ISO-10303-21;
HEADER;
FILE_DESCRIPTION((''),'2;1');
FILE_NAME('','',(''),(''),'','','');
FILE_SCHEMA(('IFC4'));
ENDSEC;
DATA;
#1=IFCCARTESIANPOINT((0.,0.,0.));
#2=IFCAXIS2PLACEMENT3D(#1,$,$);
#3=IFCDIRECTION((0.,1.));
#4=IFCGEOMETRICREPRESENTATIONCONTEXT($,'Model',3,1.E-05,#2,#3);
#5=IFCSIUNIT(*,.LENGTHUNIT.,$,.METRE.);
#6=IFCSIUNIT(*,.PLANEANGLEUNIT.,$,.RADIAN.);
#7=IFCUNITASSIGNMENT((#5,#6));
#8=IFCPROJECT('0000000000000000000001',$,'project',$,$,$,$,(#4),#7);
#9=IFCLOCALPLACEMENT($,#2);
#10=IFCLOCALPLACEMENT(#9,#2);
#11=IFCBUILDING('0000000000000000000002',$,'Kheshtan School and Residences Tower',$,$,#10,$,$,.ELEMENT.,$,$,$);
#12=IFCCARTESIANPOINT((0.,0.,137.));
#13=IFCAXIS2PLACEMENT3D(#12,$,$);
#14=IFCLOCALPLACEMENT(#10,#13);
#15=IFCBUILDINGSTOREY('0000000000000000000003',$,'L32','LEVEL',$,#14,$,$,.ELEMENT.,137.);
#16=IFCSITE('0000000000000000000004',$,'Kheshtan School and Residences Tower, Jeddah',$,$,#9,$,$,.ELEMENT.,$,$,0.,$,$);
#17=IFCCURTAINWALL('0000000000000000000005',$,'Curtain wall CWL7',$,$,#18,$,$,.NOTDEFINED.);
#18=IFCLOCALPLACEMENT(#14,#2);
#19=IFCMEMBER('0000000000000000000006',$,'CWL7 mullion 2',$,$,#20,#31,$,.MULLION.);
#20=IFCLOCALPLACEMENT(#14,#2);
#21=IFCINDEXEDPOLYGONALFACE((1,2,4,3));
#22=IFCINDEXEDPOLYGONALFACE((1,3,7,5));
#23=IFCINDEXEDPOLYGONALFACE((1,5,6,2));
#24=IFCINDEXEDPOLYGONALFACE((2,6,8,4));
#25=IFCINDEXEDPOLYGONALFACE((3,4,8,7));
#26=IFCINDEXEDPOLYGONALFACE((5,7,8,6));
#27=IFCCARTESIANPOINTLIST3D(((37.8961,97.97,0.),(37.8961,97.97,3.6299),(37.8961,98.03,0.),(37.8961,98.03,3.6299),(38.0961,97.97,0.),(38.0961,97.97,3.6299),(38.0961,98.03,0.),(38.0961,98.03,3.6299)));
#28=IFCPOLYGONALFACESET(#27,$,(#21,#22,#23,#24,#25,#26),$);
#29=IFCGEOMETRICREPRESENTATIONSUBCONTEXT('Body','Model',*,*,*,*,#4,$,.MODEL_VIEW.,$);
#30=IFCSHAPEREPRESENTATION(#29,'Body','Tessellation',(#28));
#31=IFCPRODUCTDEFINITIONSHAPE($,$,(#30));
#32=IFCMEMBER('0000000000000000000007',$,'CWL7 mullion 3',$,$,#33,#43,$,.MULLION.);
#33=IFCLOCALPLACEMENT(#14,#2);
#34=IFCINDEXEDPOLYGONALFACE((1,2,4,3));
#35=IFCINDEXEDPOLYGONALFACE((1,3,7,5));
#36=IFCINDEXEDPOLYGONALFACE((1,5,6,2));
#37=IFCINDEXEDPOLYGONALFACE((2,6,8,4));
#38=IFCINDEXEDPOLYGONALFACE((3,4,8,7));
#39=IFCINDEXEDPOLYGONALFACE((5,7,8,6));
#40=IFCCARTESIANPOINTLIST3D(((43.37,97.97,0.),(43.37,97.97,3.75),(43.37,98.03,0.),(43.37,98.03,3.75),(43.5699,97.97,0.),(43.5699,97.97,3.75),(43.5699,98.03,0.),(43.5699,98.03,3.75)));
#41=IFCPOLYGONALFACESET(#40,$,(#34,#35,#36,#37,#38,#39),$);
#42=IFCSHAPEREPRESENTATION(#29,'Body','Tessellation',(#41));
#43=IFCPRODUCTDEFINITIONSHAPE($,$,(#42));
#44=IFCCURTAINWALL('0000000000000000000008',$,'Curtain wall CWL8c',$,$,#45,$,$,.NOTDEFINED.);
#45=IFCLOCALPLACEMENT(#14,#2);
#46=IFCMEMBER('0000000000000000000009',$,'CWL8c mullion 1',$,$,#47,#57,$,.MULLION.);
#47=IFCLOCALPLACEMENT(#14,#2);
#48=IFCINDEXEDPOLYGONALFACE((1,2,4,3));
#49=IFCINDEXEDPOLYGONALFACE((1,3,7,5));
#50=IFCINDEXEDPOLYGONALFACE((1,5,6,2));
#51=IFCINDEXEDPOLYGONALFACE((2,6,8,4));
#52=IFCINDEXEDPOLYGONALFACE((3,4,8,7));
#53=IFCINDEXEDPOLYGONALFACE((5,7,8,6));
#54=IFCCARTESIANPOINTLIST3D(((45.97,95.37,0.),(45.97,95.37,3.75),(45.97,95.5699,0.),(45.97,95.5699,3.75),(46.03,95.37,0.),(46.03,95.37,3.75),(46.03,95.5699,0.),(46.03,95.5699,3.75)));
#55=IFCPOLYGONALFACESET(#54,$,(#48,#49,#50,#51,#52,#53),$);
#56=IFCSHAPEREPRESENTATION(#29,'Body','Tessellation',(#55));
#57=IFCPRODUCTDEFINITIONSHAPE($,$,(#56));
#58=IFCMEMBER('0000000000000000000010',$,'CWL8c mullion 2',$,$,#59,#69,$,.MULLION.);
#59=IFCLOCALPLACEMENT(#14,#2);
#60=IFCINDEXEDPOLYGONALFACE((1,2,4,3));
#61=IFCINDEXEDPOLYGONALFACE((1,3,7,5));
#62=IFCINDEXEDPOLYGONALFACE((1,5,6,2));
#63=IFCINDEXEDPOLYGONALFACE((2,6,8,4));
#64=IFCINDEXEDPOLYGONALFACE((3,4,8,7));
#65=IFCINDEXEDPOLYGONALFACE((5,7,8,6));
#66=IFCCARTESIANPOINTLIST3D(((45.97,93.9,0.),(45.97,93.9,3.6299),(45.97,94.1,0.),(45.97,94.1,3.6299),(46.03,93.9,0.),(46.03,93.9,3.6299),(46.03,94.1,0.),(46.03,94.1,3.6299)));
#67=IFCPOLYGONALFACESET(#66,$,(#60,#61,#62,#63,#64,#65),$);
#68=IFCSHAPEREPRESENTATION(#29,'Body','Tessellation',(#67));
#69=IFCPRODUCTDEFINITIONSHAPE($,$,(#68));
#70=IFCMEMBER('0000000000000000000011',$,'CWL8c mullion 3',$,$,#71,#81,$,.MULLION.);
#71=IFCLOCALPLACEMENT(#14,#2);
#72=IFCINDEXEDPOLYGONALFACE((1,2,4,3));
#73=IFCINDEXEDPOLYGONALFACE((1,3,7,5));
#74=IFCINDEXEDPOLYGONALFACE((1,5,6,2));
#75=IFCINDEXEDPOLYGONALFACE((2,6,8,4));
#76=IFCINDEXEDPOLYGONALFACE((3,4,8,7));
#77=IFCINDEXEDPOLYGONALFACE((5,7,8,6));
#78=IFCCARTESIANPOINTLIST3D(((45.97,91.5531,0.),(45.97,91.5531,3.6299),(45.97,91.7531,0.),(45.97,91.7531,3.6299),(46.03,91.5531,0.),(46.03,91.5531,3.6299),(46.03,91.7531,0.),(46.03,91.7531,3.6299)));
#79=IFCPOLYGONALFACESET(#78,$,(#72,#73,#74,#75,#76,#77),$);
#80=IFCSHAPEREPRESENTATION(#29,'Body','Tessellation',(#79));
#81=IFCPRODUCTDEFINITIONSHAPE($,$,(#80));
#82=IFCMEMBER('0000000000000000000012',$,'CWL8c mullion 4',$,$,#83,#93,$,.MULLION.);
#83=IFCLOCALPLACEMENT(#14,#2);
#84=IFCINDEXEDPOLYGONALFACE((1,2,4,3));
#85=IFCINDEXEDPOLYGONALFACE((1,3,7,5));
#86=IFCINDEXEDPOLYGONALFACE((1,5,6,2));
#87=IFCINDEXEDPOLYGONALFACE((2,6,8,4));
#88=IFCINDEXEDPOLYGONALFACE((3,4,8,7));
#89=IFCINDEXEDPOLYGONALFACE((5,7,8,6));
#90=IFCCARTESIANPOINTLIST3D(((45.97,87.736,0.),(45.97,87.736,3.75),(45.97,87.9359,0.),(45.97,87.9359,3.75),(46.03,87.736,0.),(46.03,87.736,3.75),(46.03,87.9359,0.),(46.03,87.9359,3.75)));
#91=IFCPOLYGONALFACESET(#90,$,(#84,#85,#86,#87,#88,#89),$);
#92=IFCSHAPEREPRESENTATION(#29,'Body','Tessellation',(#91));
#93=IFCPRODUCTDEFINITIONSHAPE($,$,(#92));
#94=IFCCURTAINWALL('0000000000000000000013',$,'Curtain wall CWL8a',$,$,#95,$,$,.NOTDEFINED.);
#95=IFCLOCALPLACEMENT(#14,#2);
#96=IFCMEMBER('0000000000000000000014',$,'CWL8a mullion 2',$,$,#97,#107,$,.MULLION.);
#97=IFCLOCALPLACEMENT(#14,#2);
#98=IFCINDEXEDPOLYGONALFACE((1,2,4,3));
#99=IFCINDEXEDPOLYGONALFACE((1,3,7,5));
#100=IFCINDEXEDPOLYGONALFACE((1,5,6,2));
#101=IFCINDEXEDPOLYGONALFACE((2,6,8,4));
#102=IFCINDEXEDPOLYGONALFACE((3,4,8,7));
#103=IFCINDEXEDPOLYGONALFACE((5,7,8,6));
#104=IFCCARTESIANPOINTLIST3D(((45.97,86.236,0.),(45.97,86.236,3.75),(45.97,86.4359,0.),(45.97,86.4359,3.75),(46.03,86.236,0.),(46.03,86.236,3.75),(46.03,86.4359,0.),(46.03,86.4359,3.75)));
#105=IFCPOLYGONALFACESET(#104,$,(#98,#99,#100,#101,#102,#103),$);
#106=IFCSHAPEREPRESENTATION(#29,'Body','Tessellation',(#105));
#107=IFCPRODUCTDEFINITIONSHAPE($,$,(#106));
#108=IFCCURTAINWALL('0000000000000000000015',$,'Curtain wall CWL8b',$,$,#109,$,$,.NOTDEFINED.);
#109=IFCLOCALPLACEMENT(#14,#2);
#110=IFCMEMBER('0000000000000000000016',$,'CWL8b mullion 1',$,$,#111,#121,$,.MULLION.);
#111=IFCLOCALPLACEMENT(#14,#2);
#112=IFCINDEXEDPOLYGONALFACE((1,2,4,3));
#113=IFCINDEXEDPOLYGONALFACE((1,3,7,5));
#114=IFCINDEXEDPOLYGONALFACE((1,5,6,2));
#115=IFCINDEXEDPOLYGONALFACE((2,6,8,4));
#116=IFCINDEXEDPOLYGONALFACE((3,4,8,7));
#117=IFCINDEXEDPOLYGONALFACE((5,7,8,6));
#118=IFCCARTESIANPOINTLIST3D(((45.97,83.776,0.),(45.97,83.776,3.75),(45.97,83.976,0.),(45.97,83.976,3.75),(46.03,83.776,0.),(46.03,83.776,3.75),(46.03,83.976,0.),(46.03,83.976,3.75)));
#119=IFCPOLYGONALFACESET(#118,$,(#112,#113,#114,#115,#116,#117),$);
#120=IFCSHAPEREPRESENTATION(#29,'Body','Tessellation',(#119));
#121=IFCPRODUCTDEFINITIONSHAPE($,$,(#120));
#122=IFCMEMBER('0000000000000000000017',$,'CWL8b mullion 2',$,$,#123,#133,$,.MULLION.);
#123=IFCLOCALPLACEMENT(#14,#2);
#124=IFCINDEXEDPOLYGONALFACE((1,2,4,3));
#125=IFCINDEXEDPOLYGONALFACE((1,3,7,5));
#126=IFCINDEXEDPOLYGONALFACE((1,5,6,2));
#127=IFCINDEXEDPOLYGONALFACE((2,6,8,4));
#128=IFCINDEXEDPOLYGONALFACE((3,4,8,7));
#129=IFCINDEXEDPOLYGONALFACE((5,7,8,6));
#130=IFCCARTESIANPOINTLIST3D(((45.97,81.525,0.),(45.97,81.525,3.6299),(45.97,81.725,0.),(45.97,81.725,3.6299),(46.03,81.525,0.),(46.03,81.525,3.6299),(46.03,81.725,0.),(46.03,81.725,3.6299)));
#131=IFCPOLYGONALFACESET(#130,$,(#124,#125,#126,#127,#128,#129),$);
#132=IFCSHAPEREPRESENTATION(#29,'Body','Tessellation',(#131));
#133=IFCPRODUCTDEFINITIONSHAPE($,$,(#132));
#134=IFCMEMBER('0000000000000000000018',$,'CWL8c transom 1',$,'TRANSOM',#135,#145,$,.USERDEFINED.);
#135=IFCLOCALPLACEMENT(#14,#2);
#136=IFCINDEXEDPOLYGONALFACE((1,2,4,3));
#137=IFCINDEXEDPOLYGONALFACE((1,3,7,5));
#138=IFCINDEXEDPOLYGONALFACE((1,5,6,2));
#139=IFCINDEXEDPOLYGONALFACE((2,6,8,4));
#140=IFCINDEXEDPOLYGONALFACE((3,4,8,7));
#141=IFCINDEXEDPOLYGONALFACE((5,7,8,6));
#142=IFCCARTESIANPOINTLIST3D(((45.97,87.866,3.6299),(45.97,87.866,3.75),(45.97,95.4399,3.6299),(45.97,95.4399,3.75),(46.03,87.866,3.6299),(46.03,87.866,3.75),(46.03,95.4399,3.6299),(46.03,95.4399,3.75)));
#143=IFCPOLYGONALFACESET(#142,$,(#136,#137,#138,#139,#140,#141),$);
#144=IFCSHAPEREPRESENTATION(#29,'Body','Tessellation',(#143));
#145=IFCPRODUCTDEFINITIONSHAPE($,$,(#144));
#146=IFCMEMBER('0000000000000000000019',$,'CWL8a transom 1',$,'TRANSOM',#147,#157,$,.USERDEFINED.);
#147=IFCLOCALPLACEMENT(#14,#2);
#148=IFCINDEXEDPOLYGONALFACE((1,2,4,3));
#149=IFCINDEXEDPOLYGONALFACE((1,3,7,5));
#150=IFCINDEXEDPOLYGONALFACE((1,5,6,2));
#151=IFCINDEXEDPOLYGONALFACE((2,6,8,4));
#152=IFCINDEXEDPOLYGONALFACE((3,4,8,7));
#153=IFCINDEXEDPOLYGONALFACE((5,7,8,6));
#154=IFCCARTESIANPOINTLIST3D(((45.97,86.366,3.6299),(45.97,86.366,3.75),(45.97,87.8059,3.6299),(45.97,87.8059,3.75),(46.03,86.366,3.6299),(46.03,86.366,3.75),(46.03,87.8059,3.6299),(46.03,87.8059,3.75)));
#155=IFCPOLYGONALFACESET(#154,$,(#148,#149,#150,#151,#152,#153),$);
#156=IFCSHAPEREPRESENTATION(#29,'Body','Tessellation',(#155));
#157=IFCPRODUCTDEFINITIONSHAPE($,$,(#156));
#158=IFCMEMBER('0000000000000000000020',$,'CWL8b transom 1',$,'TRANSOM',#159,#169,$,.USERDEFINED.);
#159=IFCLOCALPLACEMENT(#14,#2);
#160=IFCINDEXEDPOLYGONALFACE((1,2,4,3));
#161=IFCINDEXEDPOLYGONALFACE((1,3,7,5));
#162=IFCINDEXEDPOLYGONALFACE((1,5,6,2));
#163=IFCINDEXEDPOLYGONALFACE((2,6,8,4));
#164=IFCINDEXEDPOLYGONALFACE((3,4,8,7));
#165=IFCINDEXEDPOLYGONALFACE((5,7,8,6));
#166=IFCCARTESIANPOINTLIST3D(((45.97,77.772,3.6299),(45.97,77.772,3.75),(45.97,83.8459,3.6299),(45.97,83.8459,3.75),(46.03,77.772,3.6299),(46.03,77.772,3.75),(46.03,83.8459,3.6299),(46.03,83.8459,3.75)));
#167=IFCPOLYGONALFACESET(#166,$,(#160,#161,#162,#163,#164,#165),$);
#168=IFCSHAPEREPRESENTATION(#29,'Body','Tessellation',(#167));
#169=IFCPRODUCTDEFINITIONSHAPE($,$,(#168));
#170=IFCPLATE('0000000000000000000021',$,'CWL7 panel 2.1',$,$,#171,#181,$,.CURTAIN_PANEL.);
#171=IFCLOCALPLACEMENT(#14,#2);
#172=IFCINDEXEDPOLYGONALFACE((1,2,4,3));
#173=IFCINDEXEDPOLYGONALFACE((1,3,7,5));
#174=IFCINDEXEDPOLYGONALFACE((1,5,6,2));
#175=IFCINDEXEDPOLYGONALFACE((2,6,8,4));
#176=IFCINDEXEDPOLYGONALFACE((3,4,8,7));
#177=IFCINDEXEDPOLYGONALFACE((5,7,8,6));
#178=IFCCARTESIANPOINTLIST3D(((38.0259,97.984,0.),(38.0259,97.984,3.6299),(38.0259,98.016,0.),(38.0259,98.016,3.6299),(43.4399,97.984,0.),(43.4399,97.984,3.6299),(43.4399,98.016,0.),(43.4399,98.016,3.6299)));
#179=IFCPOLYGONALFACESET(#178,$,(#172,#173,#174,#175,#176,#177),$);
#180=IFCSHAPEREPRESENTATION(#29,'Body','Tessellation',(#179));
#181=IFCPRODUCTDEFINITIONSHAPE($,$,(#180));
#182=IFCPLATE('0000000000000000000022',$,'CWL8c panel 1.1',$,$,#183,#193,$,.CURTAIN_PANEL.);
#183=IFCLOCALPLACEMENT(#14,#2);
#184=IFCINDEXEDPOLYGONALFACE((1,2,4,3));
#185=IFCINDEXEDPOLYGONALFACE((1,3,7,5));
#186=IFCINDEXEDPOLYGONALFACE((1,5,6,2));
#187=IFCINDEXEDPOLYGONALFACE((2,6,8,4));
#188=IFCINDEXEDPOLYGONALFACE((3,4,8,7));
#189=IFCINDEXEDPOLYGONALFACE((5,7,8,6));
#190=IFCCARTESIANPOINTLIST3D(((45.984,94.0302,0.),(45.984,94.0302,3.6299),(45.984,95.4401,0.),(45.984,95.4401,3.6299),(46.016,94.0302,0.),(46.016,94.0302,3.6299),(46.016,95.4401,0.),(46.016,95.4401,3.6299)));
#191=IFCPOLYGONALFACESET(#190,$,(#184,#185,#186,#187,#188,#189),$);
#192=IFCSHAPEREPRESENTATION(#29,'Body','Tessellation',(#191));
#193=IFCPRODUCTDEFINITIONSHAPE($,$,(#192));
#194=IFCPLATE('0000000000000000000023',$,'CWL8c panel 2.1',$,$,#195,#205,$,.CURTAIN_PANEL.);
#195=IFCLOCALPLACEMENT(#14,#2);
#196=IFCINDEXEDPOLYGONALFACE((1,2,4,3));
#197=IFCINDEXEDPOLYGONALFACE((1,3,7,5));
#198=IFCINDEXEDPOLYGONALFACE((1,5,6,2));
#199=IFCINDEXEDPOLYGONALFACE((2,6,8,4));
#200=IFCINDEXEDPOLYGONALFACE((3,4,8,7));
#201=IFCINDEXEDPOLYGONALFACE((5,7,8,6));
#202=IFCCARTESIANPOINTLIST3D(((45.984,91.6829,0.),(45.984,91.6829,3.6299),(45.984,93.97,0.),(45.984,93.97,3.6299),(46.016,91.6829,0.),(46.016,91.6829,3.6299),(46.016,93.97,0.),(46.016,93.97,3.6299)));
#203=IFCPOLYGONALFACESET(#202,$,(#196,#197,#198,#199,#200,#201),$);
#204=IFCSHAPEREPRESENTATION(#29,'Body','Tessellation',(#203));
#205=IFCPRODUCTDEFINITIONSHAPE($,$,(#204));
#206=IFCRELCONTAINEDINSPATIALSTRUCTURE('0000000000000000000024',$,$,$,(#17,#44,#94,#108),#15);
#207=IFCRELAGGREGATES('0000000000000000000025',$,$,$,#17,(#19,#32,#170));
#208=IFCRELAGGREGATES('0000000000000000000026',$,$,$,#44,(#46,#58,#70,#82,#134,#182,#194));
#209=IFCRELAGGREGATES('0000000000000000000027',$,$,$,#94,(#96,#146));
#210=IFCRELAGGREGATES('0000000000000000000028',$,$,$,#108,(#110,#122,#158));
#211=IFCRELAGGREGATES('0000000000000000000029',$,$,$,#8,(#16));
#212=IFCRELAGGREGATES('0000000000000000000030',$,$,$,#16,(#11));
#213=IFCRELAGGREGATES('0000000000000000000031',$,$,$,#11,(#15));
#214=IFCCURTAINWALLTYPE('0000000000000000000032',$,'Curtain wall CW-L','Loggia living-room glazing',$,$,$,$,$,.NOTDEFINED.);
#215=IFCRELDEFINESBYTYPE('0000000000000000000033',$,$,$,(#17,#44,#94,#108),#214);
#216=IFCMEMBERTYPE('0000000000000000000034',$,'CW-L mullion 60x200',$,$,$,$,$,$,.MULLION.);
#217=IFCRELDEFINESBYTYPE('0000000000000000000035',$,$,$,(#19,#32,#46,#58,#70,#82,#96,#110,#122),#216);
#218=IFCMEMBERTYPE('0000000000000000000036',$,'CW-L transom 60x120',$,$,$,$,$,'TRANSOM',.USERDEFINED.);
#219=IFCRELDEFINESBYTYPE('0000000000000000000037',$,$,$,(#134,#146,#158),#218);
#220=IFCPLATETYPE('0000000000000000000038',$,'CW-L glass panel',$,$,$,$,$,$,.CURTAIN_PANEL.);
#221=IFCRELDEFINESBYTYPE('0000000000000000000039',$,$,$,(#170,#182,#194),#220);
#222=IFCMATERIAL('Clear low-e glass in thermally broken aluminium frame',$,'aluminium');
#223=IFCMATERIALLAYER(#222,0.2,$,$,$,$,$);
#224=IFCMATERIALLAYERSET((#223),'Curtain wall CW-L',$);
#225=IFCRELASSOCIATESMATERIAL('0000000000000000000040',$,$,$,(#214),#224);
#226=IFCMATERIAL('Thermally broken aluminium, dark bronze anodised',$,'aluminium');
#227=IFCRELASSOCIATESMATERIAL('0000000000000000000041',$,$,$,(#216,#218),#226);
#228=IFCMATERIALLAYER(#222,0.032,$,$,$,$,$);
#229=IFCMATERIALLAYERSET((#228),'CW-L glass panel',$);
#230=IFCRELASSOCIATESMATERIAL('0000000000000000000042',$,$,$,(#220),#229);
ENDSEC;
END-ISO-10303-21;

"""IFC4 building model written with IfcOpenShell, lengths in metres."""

from ifc_helpers import new_model, si_unit, direction, frame, origin, origin_2d, place, context, subcontext, project, spatial, rectangle, extrude, material, layer, layer_set, material_profile, profile_set, type_object, element, aggregate, save


model = new_model("IFC4")

# Units and contexts
model_context = context("Model", 3, precision=1e-05, world=origin(), true_north=direction((0.0, 1.0)))
body_context = subcontext(model_context, "Body", "Model", "MODEL_VIEW")
ifc_project = project(units=[si_unit("LENGTHUNIT", "METRE"), si_unit("PLANEANGLEUNIT", "RADIAN")], contexts=[model_context])

# Site, building, storey
site_placement = place(None, origin())
site = spatial("IfcSite", under=ifc_project, at=site_placement, Name="Kheshtan School and Residences Tower, Jeddah", CompositionType="ELEMENT", RefElevation=0.0)
building_placement = place(site_placement, origin())
building = spatial("IfcBuilding", under=site, at=building_placement, Name="Kheshtan School and Residences Tower", CompositionType="ELEMENT")
storey_placement = place(building_placement, frame((0.0, 0.0, 137.0)))
storey = spatial("IfcBuildingStorey", under=building, at=storey_placement, Name="L32", Description="LEVEL", CompositionType="ELEMENT", Elevation=137.0)

# Curtain walls, members
ifc_material_1 = material(Name="Clear low-e glass in thermally broken aluminium frame", Category="aluminium")
ifc_layer_1 = layer(ifc_material_1, 0.2)
ifc_layer_set_1 = layer_set([ifc_layer_1], Name="Curtain wall CW-L")
curtain_wall_type = type_object("IfcCurtainWallType", Name="Curtain wall CW-L", Description="Loggia living-room glazing", PredefinedType="NOTDEFINED", material=ifc_layer_set_1)
curtain_wall_1_placement = place(storey_placement, origin())
curtain_wall_1 = element("IfcCurtainWall", 1, at=curtain_wall_1_placement, inside=storey, type_object=curtain_wall_type, Name="Curtain wall CWL7", PredefinedType="NOTDEFINED")
ifc_material_2 = material(Name="Thermally broken aluminium, dark bronze anodised", Category="aluminium")
ifc_material_profile_1 = material_profile(ifc_material_2, rectangle(XDim=0.0601, YDim=0.2, at=origin_2d()), Name="CW-L mullion 60x200")
ifc_profile_set_1 = profile_set([ifc_material_profile_1], Name="Thermally broken aluminium, dark bronze anodised")
member_type_1 = type_object("IfcMemberType", Name="CW-L mullion 60x200", PredefinedType="MULLION", material=ifc_profile_set_1)
member_1_placement = place(storey_placement, frame((37.9961, 98.0, 0.0), z_axis=(0.0, 0.0, 1.0), x_axis=(0.0, 1.0, 0.0)))
member_1 = element("IfcMember", 2, at=member_1_placement, type_object=member_type_1, Name="CWL7 mullion 2", PredefinedType="MULLION", context=body_context, shape_type="SweptSolid", body=[
    extrude(rectangle(XDim=0.0601, YDim=0.2, at=origin_2d()), origin(), (0.0, 0.0, 1.0), 3.6299),
])
member_2_placement = place(storey_placement, frame((43.47, 98.0, 0.0), z_axis=(0.0, 0.0, 1.0), x_axis=(0.0, 1.0, 0.0)))
member_2 = element("IfcMember", 3, at=member_2_placement, type_object=member_type_1, Name="CWL7 mullion 3", PredefinedType="MULLION", context=body_context, shape_type="SweptSolid", body=[
    extrude(rectangle(XDim=0.0601, YDim=0.2, at=origin_2d()), origin(), (0.0, 0.0, 1.0), 3.75),
])
curtain_wall_2_placement = place(storey_placement, origin())
curtain_wall_2 = element("IfcCurtainWall", 4, at=curtain_wall_2_placement, inside=storey, type_object=curtain_wall_type, Name="Curtain wall CWL8c", PredefinedType="NOTDEFINED")
member_3_placement = place(storey_placement, frame((46.0, 95.47, 0.0), z_axis=(0.0, 0.0, 1.0), x_axis=(1.0, 0.0, 0.0)))
member_3 = element("IfcMember", 5, at=member_3_placement, type_object=member_type_1, Name="CWL8c mullion 1", PredefinedType="MULLION", context=body_context, shape_type="SweptSolid", body=[
    extrude(rectangle(XDim=0.0601, YDim=0.2, at=origin_2d()), origin(), (0.0, 0.0, 1.0), 3.75),
])
member_4_placement = place(storey_placement, frame((46.0, 94.0, 0.0), z_axis=(0.0, 0.0, 1.0), x_axis=(1.0, 0.0, 0.0)))
member_4 = element("IfcMember", 6, at=member_4_placement, type_object=member_type_1, Name="CWL8c mullion 2", PredefinedType="MULLION", context=body_context, shape_type="SweptSolid", body=[
    extrude(rectangle(XDim=0.0601, YDim=0.2, at=origin_2d()), origin(), (0.0, 0.0, 1.0), 3.6299),
])
member_5_placement = place(storey_placement, frame((46.0, 91.6531, 0.0), z_axis=(0.0, 0.0, 1.0), x_axis=(1.0, 0.0, 0.0)))
member_5 = element("IfcMember", 7, at=member_5_placement, type_object=member_type_1, Name="CWL8c mullion 3", PredefinedType="MULLION", context=body_context, shape_type="SweptSolid", body=[
    extrude(rectangle(XDim=0.0601, YDim=0.2, at=origin_2d()), origin(), (0.0, 0.0, 1.0), 3.6299),
])
member_6_placement = place(storey_placement, frame((46.0, 87.8359, 0.0), z_axis=(0.0, 0.0, 1.0), x_axis=(1.0, 0.0, 0.0)))
member_6 = element("IfcMember", 8, at=member_6_placement, type_object=member_type_1, Name="CWL8c mullion 4", PredefinedType="MULLION", context=body_context, shape_type="SweptSolid", body=[
    extrude(rectangle(XDim=0.0601, YDim=0.2, at=origin_2d()), origin(), (0.0, 0.0, 1.0), 3.75),
])

# Curtain wall, member
curtain_wall_3_placement = place(storey_placement, origin())
curtain_wall_3 = element("IfcCurtainWall", 9, at=curtain_wall_3_placement, inside=storey, type_object=curtain_wall_type, Name="Curtain wall CWL8a", PredefinedType="NOTDEFINED")
member_7_placement = place(storey_placement, frame((46.0, 86.3359, 0.0), z_axis=(0.0, 0.0, 1.0), x_axis=(1.0, 0.0, 0.0)))
member_7 = element("IfcMember", 10, at=member_7_placement, type_object=member_type_1, Name="CWL8a mullion 2", PredefinedType="MULLION", context=body_context, shape_type="SweptSolid", body=[
    extrude(rectangle(XDim=0.0601, YDim=0.2, at=origin_2d()), origin(), (0.0, 0.0, 1.0), 3.75),
])

# Curtain wall, members
curtain_wall_4_placement = place(storey_placement, origin())
curtain_wall_4 = element("IfcCurtainWall", 11, at=curtain_wall_4_placement, inside=storey, type_object=curtain_wall_type, Name="Curtain wall CWL8b", PredefinedType="NOTDEFINED")
member_8_placement = place(storey_placement, frame((46.0, 83.876, 0.0), z_axis=(0.0, 0.0, 1.0), x_axis=(1.0, 0.0, 0.0)))
member_8 = element("IfcMember", 12, at=member_8_placement, type_object=member_type_1, Name="CWL8b mullion 1", PredefinedType="MULLION", context=body_context, shape_type="SweptSolid", body=[
    extrude(rectangle(XDim=0.0601, YDim=0.2, at=origin_2d()), origin(), (0.0, 0.0, 1.0), 3.75),
])
member_9_placement = place(storey_placement, frame((46.0, 81.625, 0.0), z_axis=(0.0, 0.0, 1.0), x_axis=(1.0, 0.0, 0.0)))
member_9 = element("IfcMember", 13, at=member_9_placement, type_object=member_type_1, Name="CWL8b mullion 2", PredefinedType="MULLION", context=body_context, shape_type="SweptSolid", body=[
    extrude(rectangle(XDim=0.0601, YDim=0.2, at=origin_2d()), origin(), (0.0, 0.0, 1.0), 3.6299),
])

# Members
ifc_material_profile_2 = material_profile(ifc_material_2, rectangle(XDim=0.0601, YDim=0.1201, at=origin_2d()), Name="CW-L transom 60x120")
ifc_profile_set_2 = profile_set([ifc_material_profile_2], Name="Thermally broken aluminium, dark bronze anodised")
member_type_2 = type_object("IfcMemberType", Name="CW-L transom 60x120", ElementType="TRANSOM", PredefinedType="USERDEFINED", material=ifc_profile_set_2)
member_10_placement = place(storey_placement, frame((46.0, 95.4399, 3.6899), z_axis=(0.0, -1.0, 0.0), x_axis=(1.0, 0.0, 0.0)))
member_10 = element("IfcMember", 14, at=member_10_placement, type_object=member_type_2, Name="CWL8c transom 1", ObjectType="TRANSOM", PredefinedType="USERDEFINED", context=body_context, shape_type="SweptSolid", body=[
    extrude(rectangle(XDim=0.0601, YDim=0.1201, at=origin_2d()), origin(), (0.0, 0.0, 1.0), 7.574),
])
member_11_placement = place(storey_placement, frame((46.0, 87.8059, 3.6899), z_axis=(0.0, -1.0, 0.0), x_axis=(1.0, 0.0, 0.0)))
member_11 = element("IfcMember", 15, at=member_11_placement, type_object=member_type_2, Name="CWL8a transom 1", ObjectType="TRANSOM", PredefinedType="USERDEFINED", context=body_context, shape_type="SweptSolid", body=[
    extrude(rectangle(XDim=0.0601, YDim=0.1201, at=origin_2d()), origin(), (0.0, 0.0, 1.0), 1.4399),
])
member_12_placement = place(storey_placement, frame((46.0, 83.8459, 3.6899), z_axis=(0.0, -1.0, 0.0), x_axis=(1.0, 0.0, 0.0)))
member_12 = element("IfcMember", 16, at=member_12_placement, type_object=member_type_2, Name="CWL8b transom 1", ObjectType="TRANSOM", PredefinedType="USERDEFINED", context=body_context, shape_type="SweptSolid", body=[
    extrude(rectangle(XDim=0.0601, YDim=0.1201, at=origin_2d()), origin(), (0.0, 0.0, 1.0), 6.074),
])

# Plates
ifc_layer_2 = layer(ifc_material_1, 0.032)
ifc_layer_set_2 = layer_set([ifc_layer_2], Name="CW-L glass panel")
plate_type = type_object("IfcPlateType", Name="CW-L glass panel", PredefinedType="CURTAIN_PANEL", material=ifc_layer_set_2)
plate_1_placement = place(storey_placement, frame((40.7329, 98.0, 0.0), z_axis=(0.0, 0.0, 1.0), x_axis=(1.0, 0.0, 0.0)))
plate_1 = element("IfcPlate", 17, at=plate_1_placement, type_object=plate_type, Name="CWL7 panel 2.1", PredefinedType="CURTAIN_PANEL", context=body_context, shape_type="SweptSolid", body=[
    extrude(rectangle(XDim=5.4141, YDim=0.032, at=origin_2d()), origin(), (0.0, 0.0, 1.0), 3.6299),
])
aggregate(curtain_wall_1, [member_1, member_2, plate_1])
plate_2_placement = place(storey_placement, frame((46.0, 94.7351, 0.0), z_axis=(0.0, 0.0, 1.0), x_axis=(0.0, -1.0, 0.0)))
plate_2 = element("IfcPlate", 18, at=plate_2_placement, type_object=plate_type, Name="CWL8c panel 1.1", PredefinedType="CURTAIN_PANEL", context=body_context, shape_type="SweptSolid", body=[
    extrude(rectangle(XDim=1.4099, YDim=0.032, at=origin_2d()), origin(), (0.0, 0.0, 1.0), 3.6299),
])
plate_3_placement = place(storey_placement, frame((46.0, 92.8264, 0.0), z_axis=(0.0, 0.0, 1.0), x_axis=(0.0, -1.0, 0.0)))
plate_3 = element("IfcPlate", 19, at=plate_3_placement, type_object=plate_type, Name="CWL8c panel 2.1", PredefinedType="CURTAIN_PANEL", context=body_context, shape_type="SweptSolid", body=[
    extrude(rectangle(XDim=2.2871, YDim=0.032, at=origin_2d()), origin(), (0.0, 0.0, 1.0), 3.6299),
])
aggregate(curtain_wall_2, [member_3, member_4, member_5, member_6, member_10, plate_2, plate_3])
aggregate(curtain_wall_3, [member_7, member_11])
aggregate(curtain_wall_4, [member_8, member_9, member_12])

save(model, "model.ifc")
